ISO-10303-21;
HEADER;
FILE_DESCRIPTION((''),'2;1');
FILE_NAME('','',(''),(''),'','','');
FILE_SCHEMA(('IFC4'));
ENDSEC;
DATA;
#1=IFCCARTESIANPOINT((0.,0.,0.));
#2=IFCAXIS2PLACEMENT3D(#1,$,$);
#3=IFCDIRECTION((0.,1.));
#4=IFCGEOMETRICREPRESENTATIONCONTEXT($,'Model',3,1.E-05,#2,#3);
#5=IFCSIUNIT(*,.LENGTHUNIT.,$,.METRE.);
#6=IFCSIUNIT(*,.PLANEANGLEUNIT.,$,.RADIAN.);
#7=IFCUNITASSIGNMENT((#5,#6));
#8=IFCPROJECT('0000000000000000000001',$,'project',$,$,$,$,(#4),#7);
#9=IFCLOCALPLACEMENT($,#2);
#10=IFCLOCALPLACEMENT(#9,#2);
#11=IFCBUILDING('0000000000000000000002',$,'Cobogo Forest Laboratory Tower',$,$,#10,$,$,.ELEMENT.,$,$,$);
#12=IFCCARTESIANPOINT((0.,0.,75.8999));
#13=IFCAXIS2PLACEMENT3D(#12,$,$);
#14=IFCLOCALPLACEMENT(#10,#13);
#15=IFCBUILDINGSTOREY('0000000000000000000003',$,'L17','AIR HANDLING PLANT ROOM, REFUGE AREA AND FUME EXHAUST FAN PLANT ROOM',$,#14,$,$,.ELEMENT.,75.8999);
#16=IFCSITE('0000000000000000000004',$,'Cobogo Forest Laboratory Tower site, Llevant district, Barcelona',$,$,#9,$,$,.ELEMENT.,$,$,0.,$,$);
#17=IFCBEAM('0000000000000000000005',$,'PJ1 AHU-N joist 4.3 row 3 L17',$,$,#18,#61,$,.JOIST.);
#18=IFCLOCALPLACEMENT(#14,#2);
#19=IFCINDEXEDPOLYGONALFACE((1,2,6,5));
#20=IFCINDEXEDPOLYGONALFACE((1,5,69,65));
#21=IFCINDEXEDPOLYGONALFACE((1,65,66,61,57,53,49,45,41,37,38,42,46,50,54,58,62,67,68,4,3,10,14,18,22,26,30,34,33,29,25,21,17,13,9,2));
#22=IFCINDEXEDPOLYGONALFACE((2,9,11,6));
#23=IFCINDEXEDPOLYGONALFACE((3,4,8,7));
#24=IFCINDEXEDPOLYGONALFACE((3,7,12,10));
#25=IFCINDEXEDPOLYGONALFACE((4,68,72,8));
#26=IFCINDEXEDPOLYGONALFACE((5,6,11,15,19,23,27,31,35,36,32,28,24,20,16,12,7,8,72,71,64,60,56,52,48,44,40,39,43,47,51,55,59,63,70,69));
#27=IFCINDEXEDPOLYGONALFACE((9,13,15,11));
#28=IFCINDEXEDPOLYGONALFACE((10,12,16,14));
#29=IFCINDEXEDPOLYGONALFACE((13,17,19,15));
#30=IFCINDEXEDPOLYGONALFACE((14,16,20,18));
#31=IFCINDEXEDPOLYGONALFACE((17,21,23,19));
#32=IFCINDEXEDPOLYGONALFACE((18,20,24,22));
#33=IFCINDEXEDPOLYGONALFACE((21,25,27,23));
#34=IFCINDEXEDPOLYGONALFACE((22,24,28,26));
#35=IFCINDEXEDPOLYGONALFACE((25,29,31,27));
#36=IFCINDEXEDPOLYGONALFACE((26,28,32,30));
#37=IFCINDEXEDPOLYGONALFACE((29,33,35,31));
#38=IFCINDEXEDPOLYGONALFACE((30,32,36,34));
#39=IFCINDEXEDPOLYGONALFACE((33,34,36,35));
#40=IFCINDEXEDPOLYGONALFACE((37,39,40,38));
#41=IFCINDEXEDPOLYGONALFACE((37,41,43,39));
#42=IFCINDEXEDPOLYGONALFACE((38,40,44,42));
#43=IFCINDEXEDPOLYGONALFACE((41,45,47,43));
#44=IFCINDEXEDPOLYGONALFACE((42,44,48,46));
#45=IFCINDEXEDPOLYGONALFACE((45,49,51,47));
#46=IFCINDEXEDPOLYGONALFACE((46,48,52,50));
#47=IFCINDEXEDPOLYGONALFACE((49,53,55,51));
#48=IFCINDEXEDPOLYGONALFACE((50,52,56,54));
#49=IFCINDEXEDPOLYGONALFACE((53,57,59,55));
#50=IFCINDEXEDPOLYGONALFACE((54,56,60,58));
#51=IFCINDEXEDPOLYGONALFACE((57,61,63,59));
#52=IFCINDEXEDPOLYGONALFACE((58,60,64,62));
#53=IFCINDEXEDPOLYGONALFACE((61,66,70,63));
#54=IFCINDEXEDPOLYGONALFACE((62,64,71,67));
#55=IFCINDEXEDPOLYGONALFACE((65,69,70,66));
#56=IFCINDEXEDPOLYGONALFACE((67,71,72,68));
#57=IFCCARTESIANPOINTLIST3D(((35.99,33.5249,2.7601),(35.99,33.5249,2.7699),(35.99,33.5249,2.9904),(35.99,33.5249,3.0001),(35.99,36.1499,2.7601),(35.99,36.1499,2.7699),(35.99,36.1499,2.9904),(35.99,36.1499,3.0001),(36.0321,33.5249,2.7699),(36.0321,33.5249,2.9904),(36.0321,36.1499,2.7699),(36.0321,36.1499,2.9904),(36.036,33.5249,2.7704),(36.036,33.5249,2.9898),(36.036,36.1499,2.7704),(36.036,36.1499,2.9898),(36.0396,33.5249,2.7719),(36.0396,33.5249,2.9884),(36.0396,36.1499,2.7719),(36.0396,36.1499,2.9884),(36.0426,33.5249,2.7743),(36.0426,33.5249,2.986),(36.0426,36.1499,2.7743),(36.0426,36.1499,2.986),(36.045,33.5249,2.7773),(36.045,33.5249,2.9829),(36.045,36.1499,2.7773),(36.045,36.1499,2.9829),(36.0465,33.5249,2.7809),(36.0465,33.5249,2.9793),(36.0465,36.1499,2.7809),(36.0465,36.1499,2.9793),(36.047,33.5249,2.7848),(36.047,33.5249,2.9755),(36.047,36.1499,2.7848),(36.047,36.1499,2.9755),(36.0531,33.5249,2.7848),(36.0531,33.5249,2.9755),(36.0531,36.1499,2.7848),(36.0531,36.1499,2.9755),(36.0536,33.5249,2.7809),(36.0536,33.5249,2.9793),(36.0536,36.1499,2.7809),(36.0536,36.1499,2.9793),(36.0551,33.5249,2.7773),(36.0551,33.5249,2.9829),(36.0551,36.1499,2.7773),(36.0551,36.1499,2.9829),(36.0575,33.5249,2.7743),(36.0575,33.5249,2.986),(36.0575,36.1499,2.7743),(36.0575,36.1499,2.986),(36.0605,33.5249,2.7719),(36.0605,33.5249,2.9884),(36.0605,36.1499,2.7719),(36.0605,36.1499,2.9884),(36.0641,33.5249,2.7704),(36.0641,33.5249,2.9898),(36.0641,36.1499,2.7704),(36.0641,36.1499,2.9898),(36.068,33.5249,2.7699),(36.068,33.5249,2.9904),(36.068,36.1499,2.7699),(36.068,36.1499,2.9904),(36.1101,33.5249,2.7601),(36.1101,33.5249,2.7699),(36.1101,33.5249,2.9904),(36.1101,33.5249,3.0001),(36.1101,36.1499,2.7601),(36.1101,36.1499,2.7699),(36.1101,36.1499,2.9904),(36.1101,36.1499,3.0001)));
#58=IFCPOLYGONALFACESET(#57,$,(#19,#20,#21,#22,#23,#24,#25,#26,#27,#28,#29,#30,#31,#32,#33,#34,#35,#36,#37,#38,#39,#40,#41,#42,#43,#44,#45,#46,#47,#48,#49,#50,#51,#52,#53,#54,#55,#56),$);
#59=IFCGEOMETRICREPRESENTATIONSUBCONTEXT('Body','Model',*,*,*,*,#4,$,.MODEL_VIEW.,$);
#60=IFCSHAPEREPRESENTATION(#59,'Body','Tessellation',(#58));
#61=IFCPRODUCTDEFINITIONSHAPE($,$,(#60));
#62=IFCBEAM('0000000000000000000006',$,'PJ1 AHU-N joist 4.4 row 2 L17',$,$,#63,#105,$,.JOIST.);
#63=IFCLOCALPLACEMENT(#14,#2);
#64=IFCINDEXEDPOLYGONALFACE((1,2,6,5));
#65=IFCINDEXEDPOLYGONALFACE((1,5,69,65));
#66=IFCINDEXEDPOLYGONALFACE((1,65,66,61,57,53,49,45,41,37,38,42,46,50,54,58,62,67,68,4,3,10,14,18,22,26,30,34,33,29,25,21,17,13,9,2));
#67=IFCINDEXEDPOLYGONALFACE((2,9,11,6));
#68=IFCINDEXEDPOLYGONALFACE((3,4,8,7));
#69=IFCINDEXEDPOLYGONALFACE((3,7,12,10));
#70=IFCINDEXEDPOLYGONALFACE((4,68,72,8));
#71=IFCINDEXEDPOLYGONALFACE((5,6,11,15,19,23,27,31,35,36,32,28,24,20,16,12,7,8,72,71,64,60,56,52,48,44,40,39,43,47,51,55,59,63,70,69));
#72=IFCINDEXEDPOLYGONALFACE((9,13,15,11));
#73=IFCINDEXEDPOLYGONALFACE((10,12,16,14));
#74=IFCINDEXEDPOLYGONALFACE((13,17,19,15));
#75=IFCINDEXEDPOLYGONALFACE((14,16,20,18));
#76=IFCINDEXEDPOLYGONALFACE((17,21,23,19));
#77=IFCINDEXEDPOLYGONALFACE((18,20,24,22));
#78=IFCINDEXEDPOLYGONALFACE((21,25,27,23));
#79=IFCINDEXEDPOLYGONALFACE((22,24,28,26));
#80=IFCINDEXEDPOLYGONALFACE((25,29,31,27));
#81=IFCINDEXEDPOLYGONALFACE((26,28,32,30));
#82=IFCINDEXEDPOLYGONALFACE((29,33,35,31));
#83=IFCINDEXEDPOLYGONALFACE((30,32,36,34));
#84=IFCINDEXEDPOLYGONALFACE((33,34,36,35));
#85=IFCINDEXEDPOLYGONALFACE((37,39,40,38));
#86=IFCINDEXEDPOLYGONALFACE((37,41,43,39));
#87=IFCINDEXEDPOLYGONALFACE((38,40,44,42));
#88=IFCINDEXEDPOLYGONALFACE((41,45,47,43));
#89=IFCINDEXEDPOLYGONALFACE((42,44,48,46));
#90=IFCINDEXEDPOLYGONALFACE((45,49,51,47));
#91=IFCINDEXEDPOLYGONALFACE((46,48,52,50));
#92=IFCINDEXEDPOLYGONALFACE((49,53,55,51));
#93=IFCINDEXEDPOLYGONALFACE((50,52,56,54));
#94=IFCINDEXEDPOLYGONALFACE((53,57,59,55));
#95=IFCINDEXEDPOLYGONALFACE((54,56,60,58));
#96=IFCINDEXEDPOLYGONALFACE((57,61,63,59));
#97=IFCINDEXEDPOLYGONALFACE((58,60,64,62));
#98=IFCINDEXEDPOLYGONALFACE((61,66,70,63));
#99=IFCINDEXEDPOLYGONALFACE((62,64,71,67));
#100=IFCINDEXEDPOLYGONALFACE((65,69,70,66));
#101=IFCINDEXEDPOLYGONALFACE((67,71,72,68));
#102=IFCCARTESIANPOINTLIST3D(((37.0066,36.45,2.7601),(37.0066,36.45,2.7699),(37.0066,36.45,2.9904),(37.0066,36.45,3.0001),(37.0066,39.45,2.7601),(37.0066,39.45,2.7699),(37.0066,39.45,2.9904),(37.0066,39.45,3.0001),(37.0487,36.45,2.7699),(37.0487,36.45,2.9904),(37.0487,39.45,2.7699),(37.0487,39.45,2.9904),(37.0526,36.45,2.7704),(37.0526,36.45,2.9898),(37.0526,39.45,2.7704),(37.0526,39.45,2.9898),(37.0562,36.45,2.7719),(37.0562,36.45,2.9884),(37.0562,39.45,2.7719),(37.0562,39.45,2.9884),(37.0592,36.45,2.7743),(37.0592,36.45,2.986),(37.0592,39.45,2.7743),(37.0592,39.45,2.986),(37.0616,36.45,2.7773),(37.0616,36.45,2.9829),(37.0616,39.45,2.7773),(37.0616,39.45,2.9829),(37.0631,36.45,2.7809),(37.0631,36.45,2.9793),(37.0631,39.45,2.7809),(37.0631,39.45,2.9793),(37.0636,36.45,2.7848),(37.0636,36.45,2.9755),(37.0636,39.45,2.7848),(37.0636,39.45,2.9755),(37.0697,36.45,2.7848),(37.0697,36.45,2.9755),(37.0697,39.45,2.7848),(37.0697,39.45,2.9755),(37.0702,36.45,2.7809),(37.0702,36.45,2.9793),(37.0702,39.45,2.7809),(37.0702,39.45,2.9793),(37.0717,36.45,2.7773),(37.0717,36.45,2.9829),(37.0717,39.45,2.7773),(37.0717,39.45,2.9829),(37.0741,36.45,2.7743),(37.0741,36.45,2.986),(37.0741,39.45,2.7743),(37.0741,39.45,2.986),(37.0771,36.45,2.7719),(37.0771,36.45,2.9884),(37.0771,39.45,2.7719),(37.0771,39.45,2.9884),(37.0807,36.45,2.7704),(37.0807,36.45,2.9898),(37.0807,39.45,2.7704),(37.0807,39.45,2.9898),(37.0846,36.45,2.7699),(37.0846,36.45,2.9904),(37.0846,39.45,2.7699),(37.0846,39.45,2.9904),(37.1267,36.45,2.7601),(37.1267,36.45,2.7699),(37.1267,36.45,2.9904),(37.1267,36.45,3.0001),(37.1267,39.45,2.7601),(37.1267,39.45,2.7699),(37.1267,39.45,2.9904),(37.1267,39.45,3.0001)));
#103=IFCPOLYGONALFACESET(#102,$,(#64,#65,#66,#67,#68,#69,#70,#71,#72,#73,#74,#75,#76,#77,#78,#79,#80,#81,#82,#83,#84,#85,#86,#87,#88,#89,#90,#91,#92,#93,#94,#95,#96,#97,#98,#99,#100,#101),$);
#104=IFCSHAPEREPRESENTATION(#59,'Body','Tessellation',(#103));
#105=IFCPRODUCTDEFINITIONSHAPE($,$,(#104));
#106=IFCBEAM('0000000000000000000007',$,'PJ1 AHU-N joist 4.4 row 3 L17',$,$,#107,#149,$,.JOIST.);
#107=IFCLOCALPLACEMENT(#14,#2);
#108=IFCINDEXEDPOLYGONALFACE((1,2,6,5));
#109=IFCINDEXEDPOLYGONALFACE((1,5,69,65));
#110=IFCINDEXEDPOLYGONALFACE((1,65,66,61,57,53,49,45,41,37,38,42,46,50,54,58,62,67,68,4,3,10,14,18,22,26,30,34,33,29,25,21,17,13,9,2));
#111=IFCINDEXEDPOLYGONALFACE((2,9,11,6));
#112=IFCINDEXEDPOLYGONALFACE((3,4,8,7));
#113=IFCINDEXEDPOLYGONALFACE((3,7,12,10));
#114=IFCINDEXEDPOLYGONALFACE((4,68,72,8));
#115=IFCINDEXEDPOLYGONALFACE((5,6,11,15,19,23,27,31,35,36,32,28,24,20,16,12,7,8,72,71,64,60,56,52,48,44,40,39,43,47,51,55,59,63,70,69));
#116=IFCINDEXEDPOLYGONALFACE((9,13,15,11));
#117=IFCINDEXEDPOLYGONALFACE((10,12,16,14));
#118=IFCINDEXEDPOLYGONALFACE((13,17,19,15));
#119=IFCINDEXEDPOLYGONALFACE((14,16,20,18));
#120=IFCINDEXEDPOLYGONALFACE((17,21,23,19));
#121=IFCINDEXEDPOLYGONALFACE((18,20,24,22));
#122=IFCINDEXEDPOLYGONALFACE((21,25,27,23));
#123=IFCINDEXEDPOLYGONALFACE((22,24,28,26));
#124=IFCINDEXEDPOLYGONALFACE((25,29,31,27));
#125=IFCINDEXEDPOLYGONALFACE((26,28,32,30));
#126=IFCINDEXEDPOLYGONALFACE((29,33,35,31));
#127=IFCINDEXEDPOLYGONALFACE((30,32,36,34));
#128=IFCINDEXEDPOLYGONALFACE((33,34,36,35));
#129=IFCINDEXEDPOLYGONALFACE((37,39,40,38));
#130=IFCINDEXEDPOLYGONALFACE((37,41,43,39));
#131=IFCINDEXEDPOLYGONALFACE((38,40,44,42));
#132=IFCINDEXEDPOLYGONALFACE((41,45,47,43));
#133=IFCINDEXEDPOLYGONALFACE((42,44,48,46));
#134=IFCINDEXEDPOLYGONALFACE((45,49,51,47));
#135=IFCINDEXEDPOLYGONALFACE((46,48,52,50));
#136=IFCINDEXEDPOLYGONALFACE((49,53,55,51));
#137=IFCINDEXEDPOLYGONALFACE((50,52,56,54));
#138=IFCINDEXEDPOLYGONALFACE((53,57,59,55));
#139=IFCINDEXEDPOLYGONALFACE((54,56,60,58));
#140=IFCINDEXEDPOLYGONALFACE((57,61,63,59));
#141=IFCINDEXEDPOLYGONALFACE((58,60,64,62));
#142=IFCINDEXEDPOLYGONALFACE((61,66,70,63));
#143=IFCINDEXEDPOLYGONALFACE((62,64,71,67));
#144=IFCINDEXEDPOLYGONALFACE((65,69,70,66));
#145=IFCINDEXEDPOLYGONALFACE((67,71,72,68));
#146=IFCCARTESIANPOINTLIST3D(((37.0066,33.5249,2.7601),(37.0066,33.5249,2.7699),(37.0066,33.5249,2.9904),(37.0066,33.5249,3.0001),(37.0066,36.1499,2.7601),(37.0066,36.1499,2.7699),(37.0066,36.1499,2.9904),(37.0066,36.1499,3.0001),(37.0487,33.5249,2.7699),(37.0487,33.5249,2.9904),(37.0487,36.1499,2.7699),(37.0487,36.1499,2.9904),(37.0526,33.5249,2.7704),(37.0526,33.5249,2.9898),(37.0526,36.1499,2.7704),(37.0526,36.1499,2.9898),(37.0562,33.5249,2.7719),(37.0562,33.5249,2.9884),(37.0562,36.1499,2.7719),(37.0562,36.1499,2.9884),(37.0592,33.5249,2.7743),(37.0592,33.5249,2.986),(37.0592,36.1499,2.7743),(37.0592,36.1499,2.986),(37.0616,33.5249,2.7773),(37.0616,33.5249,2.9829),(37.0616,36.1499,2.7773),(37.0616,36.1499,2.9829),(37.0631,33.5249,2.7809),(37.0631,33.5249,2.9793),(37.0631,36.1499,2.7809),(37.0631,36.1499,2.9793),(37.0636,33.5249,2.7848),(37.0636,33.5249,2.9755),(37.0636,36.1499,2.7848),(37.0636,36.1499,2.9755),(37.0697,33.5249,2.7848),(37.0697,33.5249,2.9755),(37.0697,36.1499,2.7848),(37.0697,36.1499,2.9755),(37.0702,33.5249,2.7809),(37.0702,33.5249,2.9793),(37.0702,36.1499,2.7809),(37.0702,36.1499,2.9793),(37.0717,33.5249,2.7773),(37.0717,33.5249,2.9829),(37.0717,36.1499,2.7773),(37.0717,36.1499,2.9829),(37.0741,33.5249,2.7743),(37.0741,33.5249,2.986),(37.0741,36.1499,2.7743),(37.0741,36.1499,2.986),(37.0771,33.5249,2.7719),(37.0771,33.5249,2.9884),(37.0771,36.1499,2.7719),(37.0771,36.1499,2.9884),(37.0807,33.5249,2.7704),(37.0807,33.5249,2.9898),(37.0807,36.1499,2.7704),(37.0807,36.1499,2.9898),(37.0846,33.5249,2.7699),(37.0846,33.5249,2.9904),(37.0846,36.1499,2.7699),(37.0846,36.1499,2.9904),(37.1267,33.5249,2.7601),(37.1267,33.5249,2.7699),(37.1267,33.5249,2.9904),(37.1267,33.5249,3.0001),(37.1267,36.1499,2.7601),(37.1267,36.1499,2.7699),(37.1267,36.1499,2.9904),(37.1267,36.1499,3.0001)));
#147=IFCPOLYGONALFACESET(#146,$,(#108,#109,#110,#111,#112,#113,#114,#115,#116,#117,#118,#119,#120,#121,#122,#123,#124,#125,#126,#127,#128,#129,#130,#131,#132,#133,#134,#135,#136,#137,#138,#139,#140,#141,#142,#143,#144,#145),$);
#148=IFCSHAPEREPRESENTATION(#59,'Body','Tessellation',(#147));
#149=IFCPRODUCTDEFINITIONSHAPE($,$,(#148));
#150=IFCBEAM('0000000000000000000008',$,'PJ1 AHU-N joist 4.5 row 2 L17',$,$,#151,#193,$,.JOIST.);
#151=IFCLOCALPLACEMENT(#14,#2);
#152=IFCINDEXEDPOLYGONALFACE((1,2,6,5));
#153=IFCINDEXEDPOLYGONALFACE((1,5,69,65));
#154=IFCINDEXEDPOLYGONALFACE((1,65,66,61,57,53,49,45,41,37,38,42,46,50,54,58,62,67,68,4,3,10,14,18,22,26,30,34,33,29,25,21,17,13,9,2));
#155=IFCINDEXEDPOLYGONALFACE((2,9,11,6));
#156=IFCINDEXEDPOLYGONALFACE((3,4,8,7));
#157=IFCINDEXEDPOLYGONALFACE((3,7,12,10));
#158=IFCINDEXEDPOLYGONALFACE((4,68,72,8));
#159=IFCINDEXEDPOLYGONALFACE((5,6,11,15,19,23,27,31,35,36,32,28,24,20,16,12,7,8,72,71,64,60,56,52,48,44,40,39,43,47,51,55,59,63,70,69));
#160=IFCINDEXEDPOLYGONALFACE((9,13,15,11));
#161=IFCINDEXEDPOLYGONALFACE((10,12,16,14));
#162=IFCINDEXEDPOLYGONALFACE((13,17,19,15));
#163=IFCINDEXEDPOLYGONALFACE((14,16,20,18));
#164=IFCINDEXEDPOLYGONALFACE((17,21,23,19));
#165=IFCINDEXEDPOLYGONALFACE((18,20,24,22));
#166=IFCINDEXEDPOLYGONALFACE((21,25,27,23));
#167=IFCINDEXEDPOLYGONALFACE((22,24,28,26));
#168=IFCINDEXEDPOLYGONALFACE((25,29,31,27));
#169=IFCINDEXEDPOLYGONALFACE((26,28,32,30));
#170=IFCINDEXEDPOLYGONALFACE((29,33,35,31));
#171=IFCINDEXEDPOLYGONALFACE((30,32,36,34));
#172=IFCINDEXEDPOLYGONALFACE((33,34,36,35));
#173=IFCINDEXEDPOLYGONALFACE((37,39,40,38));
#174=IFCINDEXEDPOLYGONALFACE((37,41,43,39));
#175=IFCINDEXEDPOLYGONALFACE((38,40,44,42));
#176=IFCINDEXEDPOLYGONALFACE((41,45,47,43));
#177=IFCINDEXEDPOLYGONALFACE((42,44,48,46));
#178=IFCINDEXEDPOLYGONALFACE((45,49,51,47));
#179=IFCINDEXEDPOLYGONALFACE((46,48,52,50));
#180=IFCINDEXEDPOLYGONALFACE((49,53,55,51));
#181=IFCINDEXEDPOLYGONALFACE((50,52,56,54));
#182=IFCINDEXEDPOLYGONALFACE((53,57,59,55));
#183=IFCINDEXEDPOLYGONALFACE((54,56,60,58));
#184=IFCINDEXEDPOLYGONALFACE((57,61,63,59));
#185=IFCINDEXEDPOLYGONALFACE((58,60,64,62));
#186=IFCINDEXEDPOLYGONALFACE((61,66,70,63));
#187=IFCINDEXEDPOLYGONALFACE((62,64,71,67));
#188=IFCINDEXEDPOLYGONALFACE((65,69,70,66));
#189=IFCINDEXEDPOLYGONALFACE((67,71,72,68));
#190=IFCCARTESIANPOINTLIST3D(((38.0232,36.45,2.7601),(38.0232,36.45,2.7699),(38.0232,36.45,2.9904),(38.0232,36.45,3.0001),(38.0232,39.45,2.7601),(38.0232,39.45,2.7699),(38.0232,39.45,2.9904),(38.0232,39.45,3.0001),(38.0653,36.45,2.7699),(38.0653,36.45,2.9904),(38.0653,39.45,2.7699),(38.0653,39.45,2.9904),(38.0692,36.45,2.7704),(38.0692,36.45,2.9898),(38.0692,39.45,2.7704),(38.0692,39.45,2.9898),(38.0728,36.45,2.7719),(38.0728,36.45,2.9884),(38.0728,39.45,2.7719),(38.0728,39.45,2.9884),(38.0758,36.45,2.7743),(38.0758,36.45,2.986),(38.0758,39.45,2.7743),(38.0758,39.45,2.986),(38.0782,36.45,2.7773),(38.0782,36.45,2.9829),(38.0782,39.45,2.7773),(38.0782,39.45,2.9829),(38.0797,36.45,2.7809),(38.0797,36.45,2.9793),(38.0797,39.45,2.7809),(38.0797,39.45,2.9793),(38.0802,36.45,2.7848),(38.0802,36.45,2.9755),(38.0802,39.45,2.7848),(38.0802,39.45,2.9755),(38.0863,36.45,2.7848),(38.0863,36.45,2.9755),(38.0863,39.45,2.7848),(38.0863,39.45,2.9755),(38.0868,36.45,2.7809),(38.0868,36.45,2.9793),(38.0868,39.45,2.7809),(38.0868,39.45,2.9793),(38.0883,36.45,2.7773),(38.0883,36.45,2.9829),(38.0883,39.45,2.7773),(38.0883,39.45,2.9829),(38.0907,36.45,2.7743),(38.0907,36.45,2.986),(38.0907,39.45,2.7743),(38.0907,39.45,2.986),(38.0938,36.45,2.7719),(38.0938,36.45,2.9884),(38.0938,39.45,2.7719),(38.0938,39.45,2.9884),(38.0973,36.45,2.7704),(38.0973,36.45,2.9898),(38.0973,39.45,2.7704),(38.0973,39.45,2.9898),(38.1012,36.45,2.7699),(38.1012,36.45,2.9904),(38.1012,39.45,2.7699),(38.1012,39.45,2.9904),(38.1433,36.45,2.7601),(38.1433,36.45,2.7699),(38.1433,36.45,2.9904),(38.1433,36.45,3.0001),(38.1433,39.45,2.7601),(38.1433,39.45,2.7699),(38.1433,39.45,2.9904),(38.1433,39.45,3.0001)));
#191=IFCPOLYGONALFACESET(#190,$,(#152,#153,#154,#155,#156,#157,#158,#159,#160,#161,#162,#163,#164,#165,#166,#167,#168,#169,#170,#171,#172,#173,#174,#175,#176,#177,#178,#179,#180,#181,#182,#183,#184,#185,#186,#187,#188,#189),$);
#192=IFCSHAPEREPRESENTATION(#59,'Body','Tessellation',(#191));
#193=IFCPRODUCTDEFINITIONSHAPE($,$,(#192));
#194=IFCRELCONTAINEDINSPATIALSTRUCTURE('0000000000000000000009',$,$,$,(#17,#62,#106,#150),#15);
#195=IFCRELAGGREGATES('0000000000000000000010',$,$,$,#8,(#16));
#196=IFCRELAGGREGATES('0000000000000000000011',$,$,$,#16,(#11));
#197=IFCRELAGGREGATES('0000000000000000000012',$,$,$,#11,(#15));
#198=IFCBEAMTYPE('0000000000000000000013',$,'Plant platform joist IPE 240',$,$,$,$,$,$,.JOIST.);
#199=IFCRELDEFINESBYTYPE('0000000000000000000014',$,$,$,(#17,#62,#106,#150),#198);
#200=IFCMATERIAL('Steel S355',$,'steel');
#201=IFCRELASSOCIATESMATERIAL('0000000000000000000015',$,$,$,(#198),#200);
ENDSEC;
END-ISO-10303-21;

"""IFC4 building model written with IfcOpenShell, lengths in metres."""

from ifc_helpers import new_model, si_unit, direction, frame, origin, origin_2d, place, context, subcontext, project, spatial, i_section, extrude, material, material_profile, profile_set, type_object, element, save


model = new_model("IFC4")

# Units and contexts
model_context = context("Model", 3, precision=1e-05, world=origin(), true_north=direction((0.0, 1.0)))
body_context = subcontext(model_context, "Body", "Model", "MODEL_VIEW")
ifc_project = project(units=[si_unit("LENGTHUNIT", "METRE"), si_unit("PLANEANGLEUNIT", "RADIAN")], contexts=[model_context])

# Site, building, storey
site_placement = place(None, origin())
site = spatial("IfcSite", under=ifc_project, at=site_placement, Name="Cobogo Forest Laboratory Tower site, Llevant district, Barcelona", CompositionType="ELEMENT", RefElevation=0.0)
building_placement = place(site_placement, origin())
building = spatial("IfcBuilding", under=site, at=building_placement, Name="Cobogo Forest Laboratory Tower", CompositionType="ELEMENT")
storey_placement = place(building_placement, frame((0.0, 0.0, 75.8999)))
storey = spatial("IfcBuildingStorey", under=building, at=storey_placement, Name="L17", Description="AIR HANDLING PLANT ROOM, REFUGE AREA AND FUME EXHAUST FAN PLANT ROOM", CompositionType="ELEMENT", Elevation=75.8999)

# Beams
ifc_material = material(Name="Steel S355", Category="steel")
ifc_material_profile_1 = material_profile(ifc_material, i_section(OverallWidth=0.1201, OverallDepth=0.24, WebThickness=0.0061, FlangeThickness=0.0098, FilletRadius=0.0149, at=origin_2d()), Name="IPE 240")
ifc_profile_set_1 = profile_set([ifc_material_profile_1], Name="Steel S355")
beam_type_1 = type_object("IfcBeamType", Name="Plant platform joist IPE 240", PredefinedType="JOIST", material=ifc_profile_set_1)
beam_1_placement = place(storey_placement, frame((36.05, 36.1499, 2.8801), z_axis=(0.0, -1.0, 0.0), x_axis=(1.0, 0.0, 0.0)))
element("IfcBeam", 1, at=beam_1_placement, inside=storey, type_object=beam_type_1, Name="PJ1 AHU-N joist 4.3 row 3 L17", PredefinedType="JOIST", context=body_context, shape_type="SweptSolid", body=[
    extrude(i_section(OverallWidth=0.1201, OverallDepth=0.24, WebThickness=0.0061, FlangeThickness=0.0098, FilletRadius=0.0149, at=origin_2d()), origin(), (0.0, 0.0, 1.0), 2.625),
])
beam_2_placement = place(storey_placement, frame((37.0667, 39.45, 2.8801), z_axis=(0.0, -1.0, 0.0), x_axis=(1.0, 0.0, 0.0)))
element("IfcBeam", 2, at=beam_2_placement, inside=storey, type_object=beam_type_1, Name="PJ1 AHU-N joist 4.4 row 2 L17", PredefinedType="JOIST", context=body_context, shape_type="SweptSolid", body=[
    extrude(i_section(OverallWidth=0.1201, OverallDepth=0.24, WebThickness=0.0061, FlangeThickness=0.0098, FilletRadius=0.0149, at=origin_2d()), origin(), (0.0, 0.0, 1.0), 3.0),
])
beam_3_placement = place(storey_placement, frame((37.0667, 36.1499, 2.8801), z_axis=(0.0, -1.0, 0.0), x_axis=(1.0, 0.0, 0.0)))
element("IfcBeam", 3, at=beam_3_placement, inside=storey, type_object=beam_type_1, Name="PJ1 AHU-N joist 4.4 row 3 L17", PredefinedType="JOIST", context=body_context, shape_type="SweptSolid", body=[
    extrude(i_section(OverallWidth=0.1201, OverallDepth=0.24, WebThickness=0.0061, FlangeThickness=0.0098, FilletRadius=0.0149, at=origin_2d()), origin(), (0.0, 0.0, 1.0), 2.625),
])
beam_4_placement = place(storey_placement, frame((38.0833, 39.45, 2.8801), z_axis=(0.0, -1.0, 0.0), x_axis=(1.0, 0.0, 0.0)))
element("IfcBeam", 4, at=beam_4_placement, inside=storey, type_object=beam_type_1, Name="PJ1 AHU-N joist 4.5 row 2 L17", PredefinedType="JOIST", context=body_context, shape_type="SweptSolid", body=[
    extrude(i_section(OverallWidth=0.1201, OverallDepth=0.24, WebThickness=0.0061, FlangeThickness=0.0098, FilletRadius=0.0149, at=origin_2d()), origin(), (0.0, 0.0, 1.0), 3.0),
])

save(model, "model.ifc")
